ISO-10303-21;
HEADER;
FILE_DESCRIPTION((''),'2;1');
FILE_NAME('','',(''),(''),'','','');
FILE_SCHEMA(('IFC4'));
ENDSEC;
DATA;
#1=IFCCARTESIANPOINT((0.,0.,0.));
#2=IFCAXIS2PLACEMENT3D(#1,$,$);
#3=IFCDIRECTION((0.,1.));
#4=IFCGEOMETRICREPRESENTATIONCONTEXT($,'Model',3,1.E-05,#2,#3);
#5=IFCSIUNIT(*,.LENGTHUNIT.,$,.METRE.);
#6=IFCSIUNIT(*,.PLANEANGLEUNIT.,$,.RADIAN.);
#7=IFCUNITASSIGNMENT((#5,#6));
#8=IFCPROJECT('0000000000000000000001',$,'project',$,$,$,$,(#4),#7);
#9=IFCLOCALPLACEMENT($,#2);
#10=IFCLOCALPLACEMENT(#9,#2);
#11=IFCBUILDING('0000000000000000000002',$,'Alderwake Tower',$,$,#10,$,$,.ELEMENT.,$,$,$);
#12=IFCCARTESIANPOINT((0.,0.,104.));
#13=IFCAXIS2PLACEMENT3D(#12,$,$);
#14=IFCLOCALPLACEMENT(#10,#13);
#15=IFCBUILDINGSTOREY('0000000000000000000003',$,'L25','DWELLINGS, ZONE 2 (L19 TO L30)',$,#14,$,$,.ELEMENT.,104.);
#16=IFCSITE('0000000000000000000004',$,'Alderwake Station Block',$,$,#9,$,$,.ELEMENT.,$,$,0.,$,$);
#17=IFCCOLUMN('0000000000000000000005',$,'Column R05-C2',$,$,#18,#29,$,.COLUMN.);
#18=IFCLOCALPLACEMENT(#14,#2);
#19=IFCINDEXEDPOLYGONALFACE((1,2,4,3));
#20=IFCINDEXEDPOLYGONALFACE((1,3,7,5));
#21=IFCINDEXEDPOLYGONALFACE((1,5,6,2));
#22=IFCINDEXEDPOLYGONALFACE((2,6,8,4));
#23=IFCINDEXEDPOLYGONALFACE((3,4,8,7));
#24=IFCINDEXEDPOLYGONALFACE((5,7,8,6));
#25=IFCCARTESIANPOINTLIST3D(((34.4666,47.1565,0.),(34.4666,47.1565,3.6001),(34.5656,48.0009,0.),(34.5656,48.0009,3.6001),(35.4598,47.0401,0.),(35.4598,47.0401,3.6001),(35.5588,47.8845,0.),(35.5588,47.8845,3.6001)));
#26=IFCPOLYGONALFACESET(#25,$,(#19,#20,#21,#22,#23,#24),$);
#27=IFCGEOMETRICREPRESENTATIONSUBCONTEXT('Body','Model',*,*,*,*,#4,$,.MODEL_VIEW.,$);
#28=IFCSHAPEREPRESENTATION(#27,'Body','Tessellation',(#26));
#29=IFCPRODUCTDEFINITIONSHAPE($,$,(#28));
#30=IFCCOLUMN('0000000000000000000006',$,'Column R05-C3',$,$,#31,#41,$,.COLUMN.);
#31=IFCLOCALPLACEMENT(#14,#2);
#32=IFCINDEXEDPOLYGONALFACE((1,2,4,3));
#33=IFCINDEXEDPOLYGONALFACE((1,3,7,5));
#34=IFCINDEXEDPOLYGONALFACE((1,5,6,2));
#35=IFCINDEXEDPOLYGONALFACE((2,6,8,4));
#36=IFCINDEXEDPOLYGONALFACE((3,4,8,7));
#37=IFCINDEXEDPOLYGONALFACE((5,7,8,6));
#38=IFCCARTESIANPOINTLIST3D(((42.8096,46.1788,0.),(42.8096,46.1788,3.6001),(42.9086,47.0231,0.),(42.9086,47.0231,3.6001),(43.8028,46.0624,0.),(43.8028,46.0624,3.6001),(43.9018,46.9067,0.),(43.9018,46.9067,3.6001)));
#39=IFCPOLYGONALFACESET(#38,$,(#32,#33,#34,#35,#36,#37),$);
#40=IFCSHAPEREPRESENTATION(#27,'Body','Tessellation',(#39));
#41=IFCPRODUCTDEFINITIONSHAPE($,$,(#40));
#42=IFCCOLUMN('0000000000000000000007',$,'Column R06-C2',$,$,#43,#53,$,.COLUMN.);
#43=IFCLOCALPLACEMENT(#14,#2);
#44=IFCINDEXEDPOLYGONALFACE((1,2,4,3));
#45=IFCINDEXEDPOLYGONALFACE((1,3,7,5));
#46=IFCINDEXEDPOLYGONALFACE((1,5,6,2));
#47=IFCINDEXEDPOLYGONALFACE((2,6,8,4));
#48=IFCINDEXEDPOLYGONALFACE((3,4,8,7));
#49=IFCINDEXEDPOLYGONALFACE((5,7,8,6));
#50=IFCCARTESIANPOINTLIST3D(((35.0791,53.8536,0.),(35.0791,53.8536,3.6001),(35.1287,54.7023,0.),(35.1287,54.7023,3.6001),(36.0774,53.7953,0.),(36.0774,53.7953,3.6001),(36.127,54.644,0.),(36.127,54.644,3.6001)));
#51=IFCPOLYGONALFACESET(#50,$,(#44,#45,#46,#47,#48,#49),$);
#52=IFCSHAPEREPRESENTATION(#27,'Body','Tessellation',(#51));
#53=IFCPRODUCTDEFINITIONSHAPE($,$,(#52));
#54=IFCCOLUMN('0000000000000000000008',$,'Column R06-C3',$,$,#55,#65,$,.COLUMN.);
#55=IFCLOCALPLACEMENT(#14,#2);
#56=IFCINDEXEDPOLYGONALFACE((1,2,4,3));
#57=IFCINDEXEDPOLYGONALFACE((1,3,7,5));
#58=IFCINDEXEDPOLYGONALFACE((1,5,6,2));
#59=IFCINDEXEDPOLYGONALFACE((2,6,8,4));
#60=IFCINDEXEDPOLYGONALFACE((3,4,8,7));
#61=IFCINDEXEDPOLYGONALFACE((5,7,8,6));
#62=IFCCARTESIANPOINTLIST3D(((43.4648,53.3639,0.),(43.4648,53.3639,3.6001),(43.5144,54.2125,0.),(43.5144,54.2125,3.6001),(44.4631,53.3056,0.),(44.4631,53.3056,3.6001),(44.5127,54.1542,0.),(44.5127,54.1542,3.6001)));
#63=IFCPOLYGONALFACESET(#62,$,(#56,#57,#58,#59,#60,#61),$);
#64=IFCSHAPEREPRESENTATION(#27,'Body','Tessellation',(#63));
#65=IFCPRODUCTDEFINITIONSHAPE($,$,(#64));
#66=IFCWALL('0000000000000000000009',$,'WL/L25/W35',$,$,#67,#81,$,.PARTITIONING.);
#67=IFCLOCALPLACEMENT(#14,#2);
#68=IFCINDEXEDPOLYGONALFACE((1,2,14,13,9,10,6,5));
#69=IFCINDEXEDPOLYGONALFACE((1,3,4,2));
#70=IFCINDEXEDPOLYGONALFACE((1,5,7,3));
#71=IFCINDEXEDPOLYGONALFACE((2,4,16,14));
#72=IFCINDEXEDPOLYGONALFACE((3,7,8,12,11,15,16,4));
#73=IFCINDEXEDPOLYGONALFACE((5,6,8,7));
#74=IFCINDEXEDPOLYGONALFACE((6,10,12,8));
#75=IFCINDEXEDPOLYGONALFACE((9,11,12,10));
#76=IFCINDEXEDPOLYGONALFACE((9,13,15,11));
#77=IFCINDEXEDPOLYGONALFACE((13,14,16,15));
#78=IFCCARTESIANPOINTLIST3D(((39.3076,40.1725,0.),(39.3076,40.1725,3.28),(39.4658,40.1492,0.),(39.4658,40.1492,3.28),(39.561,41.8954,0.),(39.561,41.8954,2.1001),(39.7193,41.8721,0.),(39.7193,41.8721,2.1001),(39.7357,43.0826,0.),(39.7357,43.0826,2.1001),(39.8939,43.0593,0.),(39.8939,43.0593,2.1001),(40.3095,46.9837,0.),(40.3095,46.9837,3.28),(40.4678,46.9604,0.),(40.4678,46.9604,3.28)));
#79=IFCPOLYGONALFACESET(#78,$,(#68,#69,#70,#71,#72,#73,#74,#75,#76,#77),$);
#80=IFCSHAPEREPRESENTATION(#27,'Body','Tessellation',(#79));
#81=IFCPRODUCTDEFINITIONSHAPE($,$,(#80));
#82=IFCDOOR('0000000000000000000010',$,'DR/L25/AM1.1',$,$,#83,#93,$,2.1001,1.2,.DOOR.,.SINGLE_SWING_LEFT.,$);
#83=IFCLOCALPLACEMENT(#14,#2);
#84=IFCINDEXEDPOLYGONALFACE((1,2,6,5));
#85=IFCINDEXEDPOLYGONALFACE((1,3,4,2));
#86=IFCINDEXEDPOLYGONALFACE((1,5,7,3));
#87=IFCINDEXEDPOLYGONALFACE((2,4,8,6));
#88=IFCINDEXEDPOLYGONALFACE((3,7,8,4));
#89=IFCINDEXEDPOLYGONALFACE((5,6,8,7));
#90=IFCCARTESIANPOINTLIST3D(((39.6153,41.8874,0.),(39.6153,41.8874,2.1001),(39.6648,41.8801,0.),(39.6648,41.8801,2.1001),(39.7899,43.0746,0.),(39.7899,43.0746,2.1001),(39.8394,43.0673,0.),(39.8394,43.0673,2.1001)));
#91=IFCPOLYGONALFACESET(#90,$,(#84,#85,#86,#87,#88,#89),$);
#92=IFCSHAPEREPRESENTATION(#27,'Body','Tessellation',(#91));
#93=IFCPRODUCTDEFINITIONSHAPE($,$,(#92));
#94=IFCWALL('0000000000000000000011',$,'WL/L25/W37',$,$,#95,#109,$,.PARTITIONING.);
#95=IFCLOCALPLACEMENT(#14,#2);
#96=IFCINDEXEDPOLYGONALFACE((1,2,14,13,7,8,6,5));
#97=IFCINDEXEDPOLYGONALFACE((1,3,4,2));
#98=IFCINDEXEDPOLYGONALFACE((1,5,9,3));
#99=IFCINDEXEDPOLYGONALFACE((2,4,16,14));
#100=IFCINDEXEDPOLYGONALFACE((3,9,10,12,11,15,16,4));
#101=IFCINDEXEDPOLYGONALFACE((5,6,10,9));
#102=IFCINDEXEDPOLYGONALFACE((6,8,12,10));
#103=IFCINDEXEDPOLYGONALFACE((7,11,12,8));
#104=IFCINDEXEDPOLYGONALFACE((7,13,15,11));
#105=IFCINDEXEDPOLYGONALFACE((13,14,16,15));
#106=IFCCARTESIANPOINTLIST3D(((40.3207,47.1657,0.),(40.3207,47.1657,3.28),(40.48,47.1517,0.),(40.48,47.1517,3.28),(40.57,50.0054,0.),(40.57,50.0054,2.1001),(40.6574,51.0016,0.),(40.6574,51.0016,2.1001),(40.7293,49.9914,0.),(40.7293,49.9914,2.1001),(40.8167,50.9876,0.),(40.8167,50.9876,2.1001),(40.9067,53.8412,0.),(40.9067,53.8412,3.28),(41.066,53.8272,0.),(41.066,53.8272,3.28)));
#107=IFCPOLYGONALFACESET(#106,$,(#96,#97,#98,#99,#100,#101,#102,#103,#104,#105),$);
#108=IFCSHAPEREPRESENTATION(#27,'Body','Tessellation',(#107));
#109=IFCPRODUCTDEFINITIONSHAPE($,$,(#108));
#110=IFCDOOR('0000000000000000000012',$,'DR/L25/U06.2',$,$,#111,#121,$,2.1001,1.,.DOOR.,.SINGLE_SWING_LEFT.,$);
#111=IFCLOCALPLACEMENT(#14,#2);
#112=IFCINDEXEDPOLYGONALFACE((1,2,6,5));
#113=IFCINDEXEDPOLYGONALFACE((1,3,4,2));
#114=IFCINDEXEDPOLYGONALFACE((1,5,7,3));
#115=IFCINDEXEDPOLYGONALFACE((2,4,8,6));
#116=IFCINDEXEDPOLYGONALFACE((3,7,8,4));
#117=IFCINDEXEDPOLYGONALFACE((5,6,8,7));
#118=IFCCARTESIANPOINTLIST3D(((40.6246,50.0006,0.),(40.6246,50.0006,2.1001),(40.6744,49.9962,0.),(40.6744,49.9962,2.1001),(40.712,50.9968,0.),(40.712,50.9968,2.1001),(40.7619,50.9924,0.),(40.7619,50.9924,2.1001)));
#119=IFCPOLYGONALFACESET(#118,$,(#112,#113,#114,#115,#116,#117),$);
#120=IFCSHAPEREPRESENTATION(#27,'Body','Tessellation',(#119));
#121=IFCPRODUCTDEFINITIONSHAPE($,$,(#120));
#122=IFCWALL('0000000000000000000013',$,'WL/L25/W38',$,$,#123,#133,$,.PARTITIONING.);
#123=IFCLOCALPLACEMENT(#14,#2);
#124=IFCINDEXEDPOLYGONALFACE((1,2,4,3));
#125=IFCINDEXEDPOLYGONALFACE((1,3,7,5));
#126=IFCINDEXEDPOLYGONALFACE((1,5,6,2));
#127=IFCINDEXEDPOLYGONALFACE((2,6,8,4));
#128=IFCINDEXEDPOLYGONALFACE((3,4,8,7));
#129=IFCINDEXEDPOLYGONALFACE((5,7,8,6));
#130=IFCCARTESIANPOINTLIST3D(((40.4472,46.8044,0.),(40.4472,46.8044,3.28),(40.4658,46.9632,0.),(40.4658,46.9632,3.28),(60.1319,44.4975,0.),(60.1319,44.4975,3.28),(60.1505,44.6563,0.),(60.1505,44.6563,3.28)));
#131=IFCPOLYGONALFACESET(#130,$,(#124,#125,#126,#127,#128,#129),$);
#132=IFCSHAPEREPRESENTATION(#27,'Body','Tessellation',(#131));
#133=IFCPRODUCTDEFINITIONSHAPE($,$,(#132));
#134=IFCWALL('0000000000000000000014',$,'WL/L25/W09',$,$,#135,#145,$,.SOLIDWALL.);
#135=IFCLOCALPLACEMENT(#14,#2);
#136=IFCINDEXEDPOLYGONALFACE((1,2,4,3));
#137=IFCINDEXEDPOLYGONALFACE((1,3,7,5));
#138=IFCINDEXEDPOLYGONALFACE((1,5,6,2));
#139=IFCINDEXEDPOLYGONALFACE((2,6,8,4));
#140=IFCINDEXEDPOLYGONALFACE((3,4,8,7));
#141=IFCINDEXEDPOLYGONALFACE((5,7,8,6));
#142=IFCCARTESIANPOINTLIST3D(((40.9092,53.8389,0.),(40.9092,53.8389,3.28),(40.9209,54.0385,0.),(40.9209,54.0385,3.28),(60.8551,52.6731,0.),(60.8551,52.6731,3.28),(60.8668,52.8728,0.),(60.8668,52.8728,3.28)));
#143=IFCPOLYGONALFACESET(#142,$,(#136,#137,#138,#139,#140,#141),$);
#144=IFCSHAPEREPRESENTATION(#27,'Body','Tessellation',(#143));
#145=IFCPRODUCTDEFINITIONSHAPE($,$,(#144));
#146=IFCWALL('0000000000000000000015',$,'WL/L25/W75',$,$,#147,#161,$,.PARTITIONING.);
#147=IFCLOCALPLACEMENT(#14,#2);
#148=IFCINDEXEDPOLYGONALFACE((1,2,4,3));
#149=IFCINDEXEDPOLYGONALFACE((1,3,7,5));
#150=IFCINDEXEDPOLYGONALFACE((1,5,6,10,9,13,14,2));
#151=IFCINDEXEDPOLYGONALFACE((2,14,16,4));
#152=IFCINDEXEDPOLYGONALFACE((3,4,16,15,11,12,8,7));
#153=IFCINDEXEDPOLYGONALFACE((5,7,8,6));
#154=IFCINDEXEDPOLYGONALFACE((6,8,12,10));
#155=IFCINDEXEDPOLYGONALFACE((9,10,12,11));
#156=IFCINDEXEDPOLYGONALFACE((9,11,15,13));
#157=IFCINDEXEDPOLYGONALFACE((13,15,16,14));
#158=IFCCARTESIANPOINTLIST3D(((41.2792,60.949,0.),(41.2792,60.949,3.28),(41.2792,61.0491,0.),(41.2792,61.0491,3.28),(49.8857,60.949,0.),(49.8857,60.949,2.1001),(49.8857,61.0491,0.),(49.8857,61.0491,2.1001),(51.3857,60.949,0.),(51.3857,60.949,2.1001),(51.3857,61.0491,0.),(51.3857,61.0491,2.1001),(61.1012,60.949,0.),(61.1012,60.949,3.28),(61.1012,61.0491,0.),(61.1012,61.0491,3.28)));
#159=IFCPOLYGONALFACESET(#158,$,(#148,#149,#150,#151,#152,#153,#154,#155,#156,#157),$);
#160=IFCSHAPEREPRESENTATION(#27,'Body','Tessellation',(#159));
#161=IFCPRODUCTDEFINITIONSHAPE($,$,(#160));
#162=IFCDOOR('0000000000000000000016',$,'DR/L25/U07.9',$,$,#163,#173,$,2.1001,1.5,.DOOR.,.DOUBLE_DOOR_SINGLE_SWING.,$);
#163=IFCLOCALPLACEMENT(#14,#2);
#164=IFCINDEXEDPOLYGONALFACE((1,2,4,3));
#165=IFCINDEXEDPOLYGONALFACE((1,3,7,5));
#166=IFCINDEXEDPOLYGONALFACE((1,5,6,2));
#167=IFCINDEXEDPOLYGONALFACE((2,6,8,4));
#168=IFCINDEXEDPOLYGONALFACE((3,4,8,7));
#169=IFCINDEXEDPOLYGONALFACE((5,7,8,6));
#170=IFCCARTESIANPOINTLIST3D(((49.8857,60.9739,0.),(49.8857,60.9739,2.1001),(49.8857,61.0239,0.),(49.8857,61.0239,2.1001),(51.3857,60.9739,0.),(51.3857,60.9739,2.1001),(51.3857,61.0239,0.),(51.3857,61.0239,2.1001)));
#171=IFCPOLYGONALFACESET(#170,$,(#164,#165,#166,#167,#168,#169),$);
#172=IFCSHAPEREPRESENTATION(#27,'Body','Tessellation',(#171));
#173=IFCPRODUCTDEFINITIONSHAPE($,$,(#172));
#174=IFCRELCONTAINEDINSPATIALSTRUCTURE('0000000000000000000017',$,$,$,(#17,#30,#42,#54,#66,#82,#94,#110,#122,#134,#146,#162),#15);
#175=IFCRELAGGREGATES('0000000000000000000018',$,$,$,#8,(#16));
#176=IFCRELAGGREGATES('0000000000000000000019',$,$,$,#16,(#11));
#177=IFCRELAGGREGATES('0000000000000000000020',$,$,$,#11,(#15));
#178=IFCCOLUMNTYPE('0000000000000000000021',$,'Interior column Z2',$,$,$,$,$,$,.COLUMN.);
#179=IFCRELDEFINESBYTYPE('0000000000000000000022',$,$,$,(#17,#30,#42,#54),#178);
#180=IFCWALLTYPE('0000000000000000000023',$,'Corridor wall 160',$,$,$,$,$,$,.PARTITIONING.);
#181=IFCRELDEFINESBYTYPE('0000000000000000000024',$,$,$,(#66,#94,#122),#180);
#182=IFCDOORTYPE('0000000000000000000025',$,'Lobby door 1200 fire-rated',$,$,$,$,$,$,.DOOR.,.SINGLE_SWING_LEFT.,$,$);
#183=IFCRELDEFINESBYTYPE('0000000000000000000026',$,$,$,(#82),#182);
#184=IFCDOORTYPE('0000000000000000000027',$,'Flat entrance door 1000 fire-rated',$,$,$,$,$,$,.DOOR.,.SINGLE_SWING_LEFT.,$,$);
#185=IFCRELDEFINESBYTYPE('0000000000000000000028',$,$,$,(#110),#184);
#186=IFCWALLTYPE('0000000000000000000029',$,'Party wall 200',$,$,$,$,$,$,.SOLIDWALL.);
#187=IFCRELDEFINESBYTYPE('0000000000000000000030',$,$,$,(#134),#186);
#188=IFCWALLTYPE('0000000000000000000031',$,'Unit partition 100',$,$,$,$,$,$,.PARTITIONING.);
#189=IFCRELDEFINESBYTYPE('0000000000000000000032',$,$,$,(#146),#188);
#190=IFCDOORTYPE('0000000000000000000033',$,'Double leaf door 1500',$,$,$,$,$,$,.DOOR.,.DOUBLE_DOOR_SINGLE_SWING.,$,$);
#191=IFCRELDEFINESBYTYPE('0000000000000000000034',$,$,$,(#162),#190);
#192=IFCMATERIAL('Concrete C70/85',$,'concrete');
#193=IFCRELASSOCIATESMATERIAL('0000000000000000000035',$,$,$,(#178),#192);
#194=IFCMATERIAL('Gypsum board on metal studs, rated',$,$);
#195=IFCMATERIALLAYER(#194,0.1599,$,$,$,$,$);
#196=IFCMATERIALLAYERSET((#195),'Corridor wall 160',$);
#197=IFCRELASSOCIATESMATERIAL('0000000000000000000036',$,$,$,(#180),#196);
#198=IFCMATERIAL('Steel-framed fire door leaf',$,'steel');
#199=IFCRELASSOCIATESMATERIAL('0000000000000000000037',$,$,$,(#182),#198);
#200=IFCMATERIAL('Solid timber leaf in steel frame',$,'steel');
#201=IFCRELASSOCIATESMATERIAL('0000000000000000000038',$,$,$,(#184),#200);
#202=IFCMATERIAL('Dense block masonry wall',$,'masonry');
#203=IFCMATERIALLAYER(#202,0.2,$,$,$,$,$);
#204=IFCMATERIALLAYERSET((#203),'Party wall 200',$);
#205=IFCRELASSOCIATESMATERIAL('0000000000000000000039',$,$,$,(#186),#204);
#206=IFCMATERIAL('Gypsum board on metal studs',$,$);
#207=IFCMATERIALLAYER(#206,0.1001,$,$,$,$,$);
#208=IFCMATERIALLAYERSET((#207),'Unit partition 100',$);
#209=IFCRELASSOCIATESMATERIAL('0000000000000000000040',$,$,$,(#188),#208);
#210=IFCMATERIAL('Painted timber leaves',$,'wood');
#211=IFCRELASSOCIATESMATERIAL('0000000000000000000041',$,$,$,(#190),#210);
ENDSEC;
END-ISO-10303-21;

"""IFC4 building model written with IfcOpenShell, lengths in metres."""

from ifc_helpers import new_model, si_unit, direction, frame, frame_2d, origin, origin_2d, place, context, subcontext, project, spatial, rectangle, extrude, material, layer, layer_set, material_profile, profile_set, type_object, element, fill, save


model = new_model("IFC4")

# Units and contexts
model_context = context("Model", 3, precision=1e-05, world=origin(), true_north=direction((0.0, 1.0)))
body_context = subcontext(model_context, "Body", "Model", "MODEL_VIEW")
ifc_project = project(units=[si_unit("LENGTHUNIT", "METRE"), si_unit("PLANEANGLEUNIT", "RADIAN")], contexts=[model_context])

# Site, building, storey
site_placement = place(None, origin())
site = spatial("IfcSite", under=ifc_project, at=site_placement, Name="Alderwake Station Block", CompositionType="ELEMENT", RefElevation=0.0)
building_placement = place(site_placement, origin())
building = spatial("IfcBuilding", under=site, at=building_placement, Name="Alderwake Tower", CompositionType="ELEMENT")
storey_placement = place(building_placement, frame((0.0, 0.0, 104.0)))
storey = spatial("IfcBuildingStorey", under=building, at=storey_placement, Name="L25", Description="DWELLINGS, ZONE 2 (L19 TO L30)", CompositionType="ELEMENT", Elevation=104.0)

# Columns
ifc_material_1 = material(Name="Concrete C70/85", Category="concrete")
ifc_material_profile = material_profile(ifc_material_1, rectangle(XDim=0.8501, YDim=1.0, at=origin_2d()), Name="RC 1000X850")
ifc_profile_set = profile_set([ifc_material_profile], Name="Concrete C70/85")
column_type = type_object("IfcColumnType", Name="Interior column Z2", PredefinedType="COLUMN", material=ifc_profile_set)
for number, where, z_axis, x_axis, name in (
    (1, (35.0127, 47.5205, 0.0), (0.0, 0.0, 1.0), (0.116402, 0.993202, 0.0), "Column R05-C2"),
    (2, (43.3557, 46.5427, 0.0), (0.0, 0.0, 1.0), (0.116402, 0.993202, 0.0), "Column R05-C3"),
    (3, (35.603, 54.2488, 0.0), (0.0, 0.0, 1.0), (0.058301, 0.998299, 0.0), "Column R06-C2"),
    (4, (43.9888, 53.759, 0.0), (0.0, 0.0, 1.0), (0.058301, 0.998299, 0.0), "Column R06-C3"),
):
    element("IfcColumn", number, at=place(storey_placement, frame(where, z_axis=z_axis, x_axis=x_axis)), inside=storey, type_object=column_type, Name=name, PredefinedType="COLUMN", context=body_context, shape_type="SweptSolid", body=[
        extrude(rectangle(XDim=0.8501, YDim=1.0, at=origin_2d()), origin(), (0.0, 0.0, 1.0), 3.6001),
    ])

# Walls, openings, doors
ifc_material_2 = material(Name="Gypsum board on metal studs, rated")
ifc_layer_1 = layer(ifc_material_2, 0.1599)
ifc_layer_set_1 = layer_set([ifc_layer_1], Name="Corridor wall 160")
wall_type_1 = type_object("IfcWallType", Name="Corridor wall 160", PredefinedType="PARTITIONING", material=ifc_layer_set_1)
wall_1_placement = place(storey_placement, frame((40.3887, 46.9722, 0.0), z_axis=(0.0, 0.0, 1.0), x_axis=(-0.145536, -0.989353, 0.0)))
wall_1 = element("IfcWall", 5, at=wall_1_placement, inside=storey, type_object=wall_type_1, Name="WL/L25/W35", PredefinedType="PARTITIONING", context=body_context, shape_type="SweptSolid", body=[
    extrude(rectangle(XDim=6.8845, YDim=0.1599, at=frame_2d((3.4424, 0.0))), origin(), (0.0, 0.0, 1.0), 3.28),
])
opening_1_placement = place(wall_1_placement, frame((3.9431, 0.0, 0.0)))
opening_1 = element("IfcOpeningElement", 6, at=opening_1_placement, cuts=wall_1, PredefinedType="OPENING", context=body_context, shape_type="SweptSolid", body=[
    extrude(rectangle(XDim=1.2, YDim=2.1001, at=frame_2d((0.6001, 1.05))), frame((0.0, 0.0898, 0.0), z_axis=(0.0, -1.0, 0.0), x_axis=(1.0, 0.0, 0.0)), (0.0, 0.0, 1.0), 0.1799),
])
ifc_material_3 = material(Name="Steel-framed fire door leaf", Category="steel")
door_type_1 = type_object("IfcDoorType", Name="Lobby door 1200 fire-rated", OperationType="SINGLE_SWING_LEFT", PredefinedType="DOOR", material=ifc_material_3)
door_1_placement = place(opening_1_placement, origin())
door_1 = element("IfcDoor", 7, at=door_1_placement, inside=storey, type_object=door_type_1, Name="DR/L25/AM1.1", OperationType="SINGLE_SWING_LEFT", OverallHeight=2.1001, OverallWidth=1.2, PredefinedType="DOOR", context=body_context, shape_type="SweptSolid", body=[
    extrude(rectangle(XDim=1.2, YDim=2.1001, at=frame_2d((0.6001, 1.05))), frame((0.0, 0.0249, 0.0), z_axis=(0.0, -1.0, 0.0), x_axis=(1.0, 0.0, 0.0)), (0.0, 0.0, 1.0), 0.05),
])
fill(opening_1, door_1)
wall_2_placement = place(storey_placement, frame((40.9863, 53.8342, 0.0), z_axis=(0.0, 0.0, 1.0), x_axis=(-0.087438, -0.99617, 0.0)))
wall_2 = element("IfcWall", 8, at=wall_2_placement, inside=storey, type_object=wall_type_1, Name="WL/L25/W37", PredefinedType="PARTITIONING", context=body_context, shape_type="SweptSolid", body=[
    extrude(rectangle(XDim=6.7012, YDim=0.1599, at=frame_2d((3.3506, 0.0))), origin(), (0.0, 0.0, 1.0), 3.28),
])
opening_2_placement = place(wall_2_placement, frame((2.8506, 0.0, 0.0)))
opening_2 = element("IfcOpeningElement", 9, at=opening_2_placement, cuts=wall_2, PredefinedType="OPENING", context=body_context, shape_type="SweptSolid", body=[
    extrude(rectangle(XDim=1.0, YDim=2.1001, at=frame_2d((0.5, 1.05))), frame((0.0, 0.0898, 0.0), z_axis=(0.0, -1.0, 0.0), x_axis=(1.0, 0.0, 0.0)), (0.0, 0.0, 1.0), 0.1799),
])
ifc_material_4 = material(Name="Solid timber leaf in steel frame", Category="steel")
door_type_2 = type_object("IfcDoorType", Name="Flat entrance door 1000 fire-rated", OperationType="SINGLE_SWING_LEFT", PredefinedType="DOOR", material=ifc_material_4)
door_2_placement = place(opening_2_placement, origin())
door_2 = element("IfcDoor", 10, at=door_2_placement, inside=storey, type_object=door_type_2, Name="DR/L25/U06.2", OperationType="SINGLE_SWING_LEFT", OverallHeight=2.1001, OverallWidth=1.0, PredefinedType="DOOR", context=body_context, shape_type="SweptSolid", body=[
    extrude(rectangle(XDim=1.0, YDim=2.1001, at=frame_2d((0.5, 1.05))), frame((0.0, 0.0249, 0.0), z_axis=(0.0, -1.0, 0.0), x_axis=(1.0, 0.0, 0.0)), (0.0, 0.0, 1.0), 0.05),
])
fill(opening_2, door_2)

# Walls
wall_3_placement = place(storey_placement, frame((40.4565, 46.8838, 0.0), z_axis=(0.0, 0.0, 1.0), x_axis=(0.993203, -0.116396, 0.0)))
element("IfcWall", 11, at=wall_3_placement, inside=storey, type_object=wall_type_1, Name="WL/L25/W38", PredefinedType="PARTITIONING", context=body_context, shape_type="SweptSolid", body=[
    extrude(rectangle(XDim=19.8193, YDim=0.1599, at=frame_2d((9.9097, 0.0))), origin(), (0.0, 0.0, 1.0), 3.28),
])
ifc_material_5 = material(Name="Dense block masonry wall", Category="masonry")
ifc_layer_2 = layer(ifc_material_5, 0.2)
ifc_layer_set_2 = layer_set([ifc_layer_2], Name="Party wall 200")
wall_type_2 = type_object("IfcWallType", Name="Party wall 200", PredefinedType="SOLIDWALL", material=ifc_layer_set_2)
wall_4_placement = place(storey_placement, frame((40.915, 53.9387, 0.0), z_axis=(0.0, 0.0, 1.0), x_axis=(0.998296, -0.058347, 0.0)))
element("IfcWall", 12, at=wall_4_placement, inside=storey, type_object=wall_type_2, Name="WL/L25/W09", PredefinedType="SOLIDWALL", context=body_context, shape_type="SweptSolid", body=[
    extrude(rectangle(XDim=19.98, YDim=0.2, at=frame_2d((9.99, 0.0))), origin(), (0.0, 0.0, 1.0), 3.28),
])

# Wall, opening, door
ifc_material_6 = material(Name="Gypsum board on metal studs")
ifc_layer_3 = layer(ifc_material_6, 0.1001)
ifc_layer_set_3 = layer_set([ifc_layer_3], Name="Unit partition 100")
wall_type_3 = type_object("IfcWallType", Name="Unit partition 100", PredefinedType="PARTITIONING", material=ifc_layer_set_3)
wall_5_placement = place(storey_placement, frame((41.2791, 60.999, 0.0), z_axis=(0.0, 0.0, 1.0), x_axis=(1.0, 0.0, 0.0)))
wall_5 = element("IfcWall", 13, at=wall_5_placement, inside=storey, type_object=wall_type_3, Name="WL/L25/W75", PredefinedType="PARTITIONING", context=body_context, shape_type="SweptSolid", body=[
    extrude(rectangle(XDim=19.822, YDim=0.1001, at=frame_2d((9.9111, 0.0))), origin(), (0.0, 0.0, 1.0), 3.28),
])
opening_3_placement = place(wall_5_placement, frame((8.6067, 0.0, 0.0)))
opening_3 = element("IfcOpeningElement", 14, at=opening_3_placement, cuts=wall_5, PredefinedType="OPENING", context=body_context, shape_type="SweptSolid", body=[
    extrude(rectangle(XDim=1.5, YDim=2.1001, at=frame_2d((0.75, 1.05))), frame((0.0, 0.0601, 0.0), z_axis=(0.0, -1.0, 0.0), x_axis=(1.0, 0.0, 0.0)), (0.0, 0.0, 1.0), 0.1201),
])
ifc_material_7 = material(Name="Painted timber leaves", Category="wood")
door_type_3 = type_object("IfcDoorType", Name="Double leaf door 1500", OperationType="DOUBLE_DOOR_SINGLE_SWING", PredefinedType="DOOR", material=ifc_material_7)
door_3_placement = place(opening_3_placement, origin())
door_3 = element("IfcDoor", 15, at=door_3_placement, inside=storey, type_object=door_type_3, Name="DR/L25/U07.9", OperationType="DOUBLE_DOOR_SINGLE_SWING", OverallHeight=2.1001, OverallWidth=1.5, PredefinedType="DOOR", context=body_context, shape_type="SweptSolid", body=[
    extrude(rectangle(XDim=1.5, YDim=2.1001, at=frame_2d((0.75, 1.05))), frame((0.0, 0.0249, 0.0), z_axis=(0.0, -1.0, 0.0), x_axis=(1.0, 0.0, 0.0)), (0.0, 0.0, 1.0), 0.05),
])
fill(opening_3, door_3)

save(model, "model.ifc")
